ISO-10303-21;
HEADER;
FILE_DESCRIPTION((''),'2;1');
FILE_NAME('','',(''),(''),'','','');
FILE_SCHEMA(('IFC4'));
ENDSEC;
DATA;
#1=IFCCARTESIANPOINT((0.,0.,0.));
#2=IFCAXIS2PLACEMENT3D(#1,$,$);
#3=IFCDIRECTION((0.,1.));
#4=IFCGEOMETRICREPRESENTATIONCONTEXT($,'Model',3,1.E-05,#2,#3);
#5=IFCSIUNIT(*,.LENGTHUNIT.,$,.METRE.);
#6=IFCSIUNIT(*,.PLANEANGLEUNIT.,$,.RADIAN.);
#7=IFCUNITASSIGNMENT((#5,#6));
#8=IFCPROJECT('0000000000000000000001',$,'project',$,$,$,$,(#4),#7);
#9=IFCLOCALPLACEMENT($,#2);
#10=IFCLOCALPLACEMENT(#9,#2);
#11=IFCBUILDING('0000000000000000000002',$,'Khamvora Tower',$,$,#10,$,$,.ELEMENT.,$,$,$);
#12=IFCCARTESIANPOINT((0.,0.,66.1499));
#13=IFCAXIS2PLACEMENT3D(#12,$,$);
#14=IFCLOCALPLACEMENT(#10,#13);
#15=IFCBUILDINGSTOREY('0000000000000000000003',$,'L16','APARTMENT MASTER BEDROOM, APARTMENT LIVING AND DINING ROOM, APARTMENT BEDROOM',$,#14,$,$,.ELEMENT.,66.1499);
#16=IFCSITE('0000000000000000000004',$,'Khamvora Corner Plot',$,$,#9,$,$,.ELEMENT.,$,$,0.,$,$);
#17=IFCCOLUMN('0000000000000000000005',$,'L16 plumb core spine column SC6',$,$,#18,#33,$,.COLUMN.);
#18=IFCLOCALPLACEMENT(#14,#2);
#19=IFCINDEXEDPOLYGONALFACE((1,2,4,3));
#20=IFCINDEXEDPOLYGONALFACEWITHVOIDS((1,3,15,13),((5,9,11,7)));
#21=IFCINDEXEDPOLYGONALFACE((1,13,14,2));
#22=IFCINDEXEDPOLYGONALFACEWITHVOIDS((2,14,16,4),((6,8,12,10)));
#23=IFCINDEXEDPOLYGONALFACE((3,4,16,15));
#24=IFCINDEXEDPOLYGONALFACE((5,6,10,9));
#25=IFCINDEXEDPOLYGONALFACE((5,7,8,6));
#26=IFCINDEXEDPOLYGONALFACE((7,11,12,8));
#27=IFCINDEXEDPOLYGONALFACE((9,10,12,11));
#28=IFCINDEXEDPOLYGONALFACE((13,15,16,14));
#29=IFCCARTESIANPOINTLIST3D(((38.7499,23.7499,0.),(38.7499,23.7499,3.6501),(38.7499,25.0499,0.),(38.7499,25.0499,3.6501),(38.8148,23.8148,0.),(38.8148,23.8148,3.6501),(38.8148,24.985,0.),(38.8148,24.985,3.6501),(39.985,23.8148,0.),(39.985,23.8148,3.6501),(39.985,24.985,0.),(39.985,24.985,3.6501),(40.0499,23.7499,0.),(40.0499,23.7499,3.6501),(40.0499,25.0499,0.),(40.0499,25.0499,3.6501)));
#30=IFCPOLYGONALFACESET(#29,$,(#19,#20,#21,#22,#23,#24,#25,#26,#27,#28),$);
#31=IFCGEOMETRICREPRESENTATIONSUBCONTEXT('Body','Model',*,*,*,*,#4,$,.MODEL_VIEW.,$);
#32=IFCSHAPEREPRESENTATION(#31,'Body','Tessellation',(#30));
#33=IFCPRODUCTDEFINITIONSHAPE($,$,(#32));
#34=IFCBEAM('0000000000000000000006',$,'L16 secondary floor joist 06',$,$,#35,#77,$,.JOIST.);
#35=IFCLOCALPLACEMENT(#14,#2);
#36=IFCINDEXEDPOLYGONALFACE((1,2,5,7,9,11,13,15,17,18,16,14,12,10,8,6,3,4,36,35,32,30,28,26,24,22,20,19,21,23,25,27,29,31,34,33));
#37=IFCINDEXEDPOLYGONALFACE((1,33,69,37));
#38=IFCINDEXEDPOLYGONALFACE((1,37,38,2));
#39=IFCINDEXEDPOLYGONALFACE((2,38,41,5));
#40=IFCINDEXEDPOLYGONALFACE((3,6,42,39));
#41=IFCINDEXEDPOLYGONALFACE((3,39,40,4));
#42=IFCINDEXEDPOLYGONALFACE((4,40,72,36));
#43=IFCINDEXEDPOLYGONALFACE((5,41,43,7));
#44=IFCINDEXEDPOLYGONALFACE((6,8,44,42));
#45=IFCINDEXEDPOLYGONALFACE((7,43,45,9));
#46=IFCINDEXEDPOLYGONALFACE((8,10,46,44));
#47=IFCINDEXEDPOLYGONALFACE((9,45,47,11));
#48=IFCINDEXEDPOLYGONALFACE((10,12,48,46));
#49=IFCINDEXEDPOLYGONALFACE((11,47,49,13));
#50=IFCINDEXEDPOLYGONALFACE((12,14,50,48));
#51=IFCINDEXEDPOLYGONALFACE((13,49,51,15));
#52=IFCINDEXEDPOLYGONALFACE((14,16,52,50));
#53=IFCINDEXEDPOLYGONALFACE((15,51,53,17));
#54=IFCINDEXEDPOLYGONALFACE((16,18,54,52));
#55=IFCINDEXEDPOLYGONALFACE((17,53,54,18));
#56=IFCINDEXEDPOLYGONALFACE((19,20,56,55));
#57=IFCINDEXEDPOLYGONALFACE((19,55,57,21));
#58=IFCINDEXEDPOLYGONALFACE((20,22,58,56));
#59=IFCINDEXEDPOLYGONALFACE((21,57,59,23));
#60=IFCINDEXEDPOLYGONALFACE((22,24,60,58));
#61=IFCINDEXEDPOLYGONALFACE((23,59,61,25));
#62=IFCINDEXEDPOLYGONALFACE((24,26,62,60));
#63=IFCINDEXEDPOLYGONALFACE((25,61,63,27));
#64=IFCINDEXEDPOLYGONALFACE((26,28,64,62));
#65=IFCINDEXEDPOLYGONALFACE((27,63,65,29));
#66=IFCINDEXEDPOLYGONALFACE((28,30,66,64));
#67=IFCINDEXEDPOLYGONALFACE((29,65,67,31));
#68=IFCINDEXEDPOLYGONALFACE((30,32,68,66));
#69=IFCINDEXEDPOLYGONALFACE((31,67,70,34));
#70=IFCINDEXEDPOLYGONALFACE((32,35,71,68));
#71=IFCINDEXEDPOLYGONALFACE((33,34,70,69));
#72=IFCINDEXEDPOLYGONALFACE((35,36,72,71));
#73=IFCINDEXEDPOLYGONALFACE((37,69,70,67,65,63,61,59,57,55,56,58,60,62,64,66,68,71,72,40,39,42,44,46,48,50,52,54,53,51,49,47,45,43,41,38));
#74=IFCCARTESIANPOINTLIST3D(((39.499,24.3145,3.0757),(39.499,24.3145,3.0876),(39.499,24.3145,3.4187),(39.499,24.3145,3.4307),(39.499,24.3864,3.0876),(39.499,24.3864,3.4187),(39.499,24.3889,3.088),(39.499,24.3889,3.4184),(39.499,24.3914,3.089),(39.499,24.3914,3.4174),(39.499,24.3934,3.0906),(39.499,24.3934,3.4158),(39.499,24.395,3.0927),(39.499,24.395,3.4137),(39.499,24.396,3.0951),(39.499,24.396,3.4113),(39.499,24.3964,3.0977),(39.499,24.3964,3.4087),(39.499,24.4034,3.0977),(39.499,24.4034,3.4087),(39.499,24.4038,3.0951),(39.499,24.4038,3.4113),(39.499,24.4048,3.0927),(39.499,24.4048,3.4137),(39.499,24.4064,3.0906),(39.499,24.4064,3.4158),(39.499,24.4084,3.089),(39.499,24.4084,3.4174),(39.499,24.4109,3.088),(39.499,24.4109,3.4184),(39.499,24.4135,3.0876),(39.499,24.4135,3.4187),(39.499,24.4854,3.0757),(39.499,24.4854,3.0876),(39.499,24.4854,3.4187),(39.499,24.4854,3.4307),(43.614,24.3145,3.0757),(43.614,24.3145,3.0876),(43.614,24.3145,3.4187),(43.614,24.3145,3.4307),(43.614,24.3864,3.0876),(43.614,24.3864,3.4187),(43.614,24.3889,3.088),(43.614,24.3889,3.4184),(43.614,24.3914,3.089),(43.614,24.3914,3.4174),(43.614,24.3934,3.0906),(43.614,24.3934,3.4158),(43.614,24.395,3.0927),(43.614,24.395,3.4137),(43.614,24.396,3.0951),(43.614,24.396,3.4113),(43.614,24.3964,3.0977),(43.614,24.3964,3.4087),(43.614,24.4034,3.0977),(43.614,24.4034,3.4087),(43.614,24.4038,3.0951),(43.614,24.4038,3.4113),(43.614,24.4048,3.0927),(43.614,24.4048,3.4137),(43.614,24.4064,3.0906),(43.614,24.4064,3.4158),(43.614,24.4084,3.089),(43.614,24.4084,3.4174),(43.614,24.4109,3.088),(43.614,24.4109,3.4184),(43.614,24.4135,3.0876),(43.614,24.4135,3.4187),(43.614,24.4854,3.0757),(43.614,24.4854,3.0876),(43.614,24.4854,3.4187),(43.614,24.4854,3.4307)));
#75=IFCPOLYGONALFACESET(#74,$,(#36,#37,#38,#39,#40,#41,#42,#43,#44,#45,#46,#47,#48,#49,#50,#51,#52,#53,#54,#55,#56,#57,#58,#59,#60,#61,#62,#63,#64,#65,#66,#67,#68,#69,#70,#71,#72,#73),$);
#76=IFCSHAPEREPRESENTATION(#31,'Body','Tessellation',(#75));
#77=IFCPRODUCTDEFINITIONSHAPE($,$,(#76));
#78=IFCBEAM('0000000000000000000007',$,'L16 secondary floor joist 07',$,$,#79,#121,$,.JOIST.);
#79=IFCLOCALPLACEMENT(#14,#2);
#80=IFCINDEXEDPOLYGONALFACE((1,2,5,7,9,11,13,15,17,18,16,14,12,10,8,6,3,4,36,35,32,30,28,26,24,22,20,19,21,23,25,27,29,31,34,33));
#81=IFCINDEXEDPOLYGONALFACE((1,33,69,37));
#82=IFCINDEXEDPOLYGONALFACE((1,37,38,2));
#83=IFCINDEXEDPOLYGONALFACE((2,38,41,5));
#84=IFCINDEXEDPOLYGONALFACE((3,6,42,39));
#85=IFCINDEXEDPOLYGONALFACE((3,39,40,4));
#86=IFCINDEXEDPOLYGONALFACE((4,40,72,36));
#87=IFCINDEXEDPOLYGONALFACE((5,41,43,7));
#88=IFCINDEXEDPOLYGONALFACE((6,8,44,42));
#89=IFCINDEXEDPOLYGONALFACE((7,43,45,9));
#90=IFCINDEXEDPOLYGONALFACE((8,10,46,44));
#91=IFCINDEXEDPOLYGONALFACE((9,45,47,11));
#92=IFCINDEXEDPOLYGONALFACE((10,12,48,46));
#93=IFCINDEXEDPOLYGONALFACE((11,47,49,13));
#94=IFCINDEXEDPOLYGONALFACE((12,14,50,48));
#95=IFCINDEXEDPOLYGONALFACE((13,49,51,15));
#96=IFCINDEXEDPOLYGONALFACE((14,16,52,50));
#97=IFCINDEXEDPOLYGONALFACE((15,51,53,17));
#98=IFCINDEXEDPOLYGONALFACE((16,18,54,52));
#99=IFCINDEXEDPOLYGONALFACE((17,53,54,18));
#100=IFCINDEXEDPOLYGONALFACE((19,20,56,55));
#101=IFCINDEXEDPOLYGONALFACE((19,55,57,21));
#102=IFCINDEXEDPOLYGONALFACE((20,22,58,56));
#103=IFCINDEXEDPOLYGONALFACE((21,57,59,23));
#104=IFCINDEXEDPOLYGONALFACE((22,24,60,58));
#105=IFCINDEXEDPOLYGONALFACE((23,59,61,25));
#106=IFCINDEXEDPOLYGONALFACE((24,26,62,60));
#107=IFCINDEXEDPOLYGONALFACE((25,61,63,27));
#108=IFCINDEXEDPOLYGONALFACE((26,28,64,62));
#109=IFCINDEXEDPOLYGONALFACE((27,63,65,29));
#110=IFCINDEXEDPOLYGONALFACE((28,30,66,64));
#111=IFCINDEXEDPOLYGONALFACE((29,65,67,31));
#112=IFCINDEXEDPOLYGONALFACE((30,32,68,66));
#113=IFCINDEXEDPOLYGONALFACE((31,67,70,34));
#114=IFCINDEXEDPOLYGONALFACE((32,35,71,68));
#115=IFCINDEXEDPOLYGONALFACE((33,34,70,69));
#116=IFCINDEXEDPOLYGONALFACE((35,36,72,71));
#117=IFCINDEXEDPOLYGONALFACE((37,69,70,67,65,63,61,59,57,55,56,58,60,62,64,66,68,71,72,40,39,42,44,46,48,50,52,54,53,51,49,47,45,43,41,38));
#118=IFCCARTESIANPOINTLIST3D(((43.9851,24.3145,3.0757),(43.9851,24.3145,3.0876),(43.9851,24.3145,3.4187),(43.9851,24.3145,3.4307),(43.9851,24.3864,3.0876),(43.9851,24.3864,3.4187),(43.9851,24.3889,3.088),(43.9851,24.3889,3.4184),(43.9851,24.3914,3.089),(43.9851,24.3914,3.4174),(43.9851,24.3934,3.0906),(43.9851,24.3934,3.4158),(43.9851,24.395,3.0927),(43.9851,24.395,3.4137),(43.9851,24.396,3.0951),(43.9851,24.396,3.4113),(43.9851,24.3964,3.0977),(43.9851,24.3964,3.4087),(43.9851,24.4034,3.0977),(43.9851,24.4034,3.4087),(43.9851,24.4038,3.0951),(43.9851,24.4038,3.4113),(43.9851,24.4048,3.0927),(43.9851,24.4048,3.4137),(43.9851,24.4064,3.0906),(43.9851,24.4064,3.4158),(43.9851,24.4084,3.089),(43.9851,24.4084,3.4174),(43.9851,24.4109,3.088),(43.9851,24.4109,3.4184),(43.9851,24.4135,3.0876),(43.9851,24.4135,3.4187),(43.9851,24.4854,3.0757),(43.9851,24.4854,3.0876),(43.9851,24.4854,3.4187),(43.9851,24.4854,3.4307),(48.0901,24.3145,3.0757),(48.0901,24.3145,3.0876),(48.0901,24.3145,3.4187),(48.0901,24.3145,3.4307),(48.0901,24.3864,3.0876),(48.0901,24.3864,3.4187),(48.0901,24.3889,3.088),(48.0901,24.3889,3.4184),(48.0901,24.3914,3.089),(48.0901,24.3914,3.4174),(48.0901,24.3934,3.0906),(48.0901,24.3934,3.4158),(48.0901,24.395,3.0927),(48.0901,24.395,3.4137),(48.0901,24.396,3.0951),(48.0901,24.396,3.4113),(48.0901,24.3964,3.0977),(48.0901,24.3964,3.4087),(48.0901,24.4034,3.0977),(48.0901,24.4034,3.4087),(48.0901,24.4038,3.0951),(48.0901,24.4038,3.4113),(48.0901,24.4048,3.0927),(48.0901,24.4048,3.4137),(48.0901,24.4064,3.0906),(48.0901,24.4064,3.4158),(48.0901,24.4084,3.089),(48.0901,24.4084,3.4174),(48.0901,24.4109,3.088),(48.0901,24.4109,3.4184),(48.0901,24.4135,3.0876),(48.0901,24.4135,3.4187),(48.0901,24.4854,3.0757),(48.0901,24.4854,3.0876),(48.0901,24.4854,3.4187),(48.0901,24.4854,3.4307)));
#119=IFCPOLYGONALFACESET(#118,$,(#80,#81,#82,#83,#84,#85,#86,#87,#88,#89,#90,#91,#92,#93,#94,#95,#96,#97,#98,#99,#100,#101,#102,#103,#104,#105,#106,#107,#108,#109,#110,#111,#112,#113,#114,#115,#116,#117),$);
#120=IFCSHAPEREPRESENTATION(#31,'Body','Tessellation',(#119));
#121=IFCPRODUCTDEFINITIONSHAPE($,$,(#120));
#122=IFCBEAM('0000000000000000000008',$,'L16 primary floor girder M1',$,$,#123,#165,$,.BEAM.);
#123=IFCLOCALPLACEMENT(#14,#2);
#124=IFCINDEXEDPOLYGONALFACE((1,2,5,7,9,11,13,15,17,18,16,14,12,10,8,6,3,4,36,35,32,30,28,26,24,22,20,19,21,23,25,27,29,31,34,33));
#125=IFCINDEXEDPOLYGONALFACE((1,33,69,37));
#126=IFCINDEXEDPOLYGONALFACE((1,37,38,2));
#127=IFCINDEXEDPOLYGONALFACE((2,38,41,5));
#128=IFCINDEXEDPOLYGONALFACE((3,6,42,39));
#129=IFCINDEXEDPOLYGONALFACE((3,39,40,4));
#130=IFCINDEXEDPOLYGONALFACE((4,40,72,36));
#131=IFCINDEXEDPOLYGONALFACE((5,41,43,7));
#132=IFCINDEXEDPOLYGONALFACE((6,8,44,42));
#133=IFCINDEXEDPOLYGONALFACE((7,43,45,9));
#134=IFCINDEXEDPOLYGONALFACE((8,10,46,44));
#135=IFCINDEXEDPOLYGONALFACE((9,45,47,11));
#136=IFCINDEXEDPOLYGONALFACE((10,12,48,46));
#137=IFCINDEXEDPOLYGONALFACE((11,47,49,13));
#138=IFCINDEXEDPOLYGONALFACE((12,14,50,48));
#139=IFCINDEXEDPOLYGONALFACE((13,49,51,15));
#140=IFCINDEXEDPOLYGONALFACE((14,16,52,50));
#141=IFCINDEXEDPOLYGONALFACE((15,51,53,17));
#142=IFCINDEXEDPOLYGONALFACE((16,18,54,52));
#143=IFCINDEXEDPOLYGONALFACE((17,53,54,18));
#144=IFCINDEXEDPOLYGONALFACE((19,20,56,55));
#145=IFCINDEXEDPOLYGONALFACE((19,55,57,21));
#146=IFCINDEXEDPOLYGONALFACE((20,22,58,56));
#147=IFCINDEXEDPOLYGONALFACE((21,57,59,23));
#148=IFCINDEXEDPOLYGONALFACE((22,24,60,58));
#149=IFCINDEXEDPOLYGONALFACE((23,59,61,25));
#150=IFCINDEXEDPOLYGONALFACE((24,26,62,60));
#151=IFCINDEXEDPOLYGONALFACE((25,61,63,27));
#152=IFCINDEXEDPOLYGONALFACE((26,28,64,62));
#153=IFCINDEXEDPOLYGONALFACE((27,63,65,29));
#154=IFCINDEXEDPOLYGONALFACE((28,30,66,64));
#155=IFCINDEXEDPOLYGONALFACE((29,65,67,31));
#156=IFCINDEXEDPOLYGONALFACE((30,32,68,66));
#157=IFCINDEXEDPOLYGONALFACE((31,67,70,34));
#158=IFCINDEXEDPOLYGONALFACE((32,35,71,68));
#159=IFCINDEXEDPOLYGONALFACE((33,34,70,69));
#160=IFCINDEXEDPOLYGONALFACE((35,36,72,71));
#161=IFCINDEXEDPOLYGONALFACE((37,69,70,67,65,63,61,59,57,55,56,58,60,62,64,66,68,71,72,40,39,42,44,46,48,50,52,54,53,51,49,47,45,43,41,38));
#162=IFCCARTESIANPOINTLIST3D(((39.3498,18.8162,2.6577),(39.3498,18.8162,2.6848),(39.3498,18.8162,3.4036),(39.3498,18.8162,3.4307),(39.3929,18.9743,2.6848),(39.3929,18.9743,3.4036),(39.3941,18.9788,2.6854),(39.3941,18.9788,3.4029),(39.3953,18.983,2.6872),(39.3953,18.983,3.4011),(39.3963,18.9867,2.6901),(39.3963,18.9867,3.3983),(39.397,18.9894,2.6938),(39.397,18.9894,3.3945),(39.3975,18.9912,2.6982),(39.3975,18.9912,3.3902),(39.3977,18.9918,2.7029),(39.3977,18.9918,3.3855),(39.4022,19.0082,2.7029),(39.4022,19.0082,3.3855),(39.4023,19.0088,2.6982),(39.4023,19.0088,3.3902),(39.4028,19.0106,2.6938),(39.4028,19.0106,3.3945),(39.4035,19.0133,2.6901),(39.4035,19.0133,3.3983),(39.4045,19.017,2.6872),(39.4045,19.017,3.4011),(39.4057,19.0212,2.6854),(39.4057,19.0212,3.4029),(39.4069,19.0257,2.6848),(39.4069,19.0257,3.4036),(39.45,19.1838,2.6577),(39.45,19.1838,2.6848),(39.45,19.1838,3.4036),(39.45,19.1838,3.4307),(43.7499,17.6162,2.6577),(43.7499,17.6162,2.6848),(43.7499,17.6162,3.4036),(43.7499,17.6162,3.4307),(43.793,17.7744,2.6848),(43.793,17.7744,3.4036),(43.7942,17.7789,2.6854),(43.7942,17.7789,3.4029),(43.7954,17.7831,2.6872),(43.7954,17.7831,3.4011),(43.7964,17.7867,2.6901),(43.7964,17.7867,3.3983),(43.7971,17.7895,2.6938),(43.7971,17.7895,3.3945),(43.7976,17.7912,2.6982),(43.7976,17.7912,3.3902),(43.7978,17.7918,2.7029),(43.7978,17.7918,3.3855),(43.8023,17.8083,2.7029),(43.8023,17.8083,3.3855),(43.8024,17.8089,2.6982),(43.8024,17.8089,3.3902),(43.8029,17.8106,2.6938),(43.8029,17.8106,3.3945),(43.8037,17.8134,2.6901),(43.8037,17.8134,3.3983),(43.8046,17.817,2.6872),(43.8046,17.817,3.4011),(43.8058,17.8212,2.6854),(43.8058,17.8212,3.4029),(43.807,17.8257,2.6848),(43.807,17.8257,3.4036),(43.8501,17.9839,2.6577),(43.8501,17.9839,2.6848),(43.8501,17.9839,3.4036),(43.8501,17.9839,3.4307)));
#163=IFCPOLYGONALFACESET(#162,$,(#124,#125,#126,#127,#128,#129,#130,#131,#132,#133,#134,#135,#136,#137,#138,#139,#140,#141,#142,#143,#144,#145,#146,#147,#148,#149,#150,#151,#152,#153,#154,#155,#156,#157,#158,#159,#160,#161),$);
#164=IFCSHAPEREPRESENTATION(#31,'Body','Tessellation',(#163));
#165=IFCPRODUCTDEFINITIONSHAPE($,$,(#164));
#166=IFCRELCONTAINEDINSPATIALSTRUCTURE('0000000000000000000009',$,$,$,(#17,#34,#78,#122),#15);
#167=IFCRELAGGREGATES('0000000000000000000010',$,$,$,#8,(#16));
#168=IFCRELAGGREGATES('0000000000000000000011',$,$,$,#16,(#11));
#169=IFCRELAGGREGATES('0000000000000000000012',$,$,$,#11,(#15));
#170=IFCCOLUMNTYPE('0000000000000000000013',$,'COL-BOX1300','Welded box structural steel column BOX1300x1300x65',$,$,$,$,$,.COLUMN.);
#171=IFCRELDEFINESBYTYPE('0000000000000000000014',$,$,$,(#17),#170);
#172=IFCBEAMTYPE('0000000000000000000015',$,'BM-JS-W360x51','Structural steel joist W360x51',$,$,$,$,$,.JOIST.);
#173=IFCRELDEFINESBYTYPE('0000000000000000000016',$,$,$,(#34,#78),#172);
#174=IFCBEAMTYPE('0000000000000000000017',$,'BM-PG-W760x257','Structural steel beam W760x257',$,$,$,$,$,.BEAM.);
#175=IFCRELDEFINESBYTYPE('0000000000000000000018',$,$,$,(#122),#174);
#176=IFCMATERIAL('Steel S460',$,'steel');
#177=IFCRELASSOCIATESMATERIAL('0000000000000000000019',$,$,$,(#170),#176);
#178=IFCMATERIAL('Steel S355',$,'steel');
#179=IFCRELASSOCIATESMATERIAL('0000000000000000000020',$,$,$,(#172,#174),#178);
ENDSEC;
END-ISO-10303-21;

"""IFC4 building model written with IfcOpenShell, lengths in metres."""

from ifc_helpers import new_model, si_unit, direction, frame, origin, origin_2d, place, context, subcontext, project, spatial, hollow_rectangle, i_section, extrude, material, material_profile, profile_set, type_object, element, save


model = new_model("IFC4")

# Units and contexts
model_context = context("Model", 3, precision=1e-05, world=origin(), true_north=direction((0.0, 1.0)))
body_context = subcontext(model_context, "Body", "Model", "MODEL_VIEW")
ifc_project = project(units=[si_unit("LENGTHUNIT", "METRE"), si_unit("PLANEANGLEUNIT", "RADIAN")], contexts=[model_context])

# Site, building, storey
site_placement = place(None, origin())
site = spatial("IfcSite", under=ifc_project, at=site_placement, Name="Khamvora Corner Plot", CompositionType="ELEMENT", RefElevation=0.0)
building_placement = place(site_placement, origin())
building = spatial("IfcBuilding", under=site, at=building_placement, Name="Khamvora Tower", CompositionType="ELEMENT")
storey_placement = place(building_placement, frame((0.0, 0.0, 66.1499)))
storey = spatial("IfcBuildingStorey", under=building, at=storey_placement, Name="L16", Description="APARTMENT MASTER BEDROOM, APARTMENT LIVING AND DINING ROOM, APARTMENT BEDROOM", CompositionType="ELEMENT", Elevation=66.1499)

# Column
ifc_material_1 = material(Name="Steel S460", Category="steel")
ifc_material_profile_1 = material_profile(ifc_material_1, hollow_rectangle(XDim=1.3, YDim=1.3, WallThickness=0.0649, at=origin_2d()), Name="BOX1300x1300x65")
ifc_profile_set_1 = profile_set([ifc_material_profile_1], Name="Steel S460")
column_type = type_object("IfcColumnType", Name="COL-BOX1300", Description="Welded box structural steel column BOX1300x1300x65", PredefinedType="COLUMN", material=ifc_profile_set_1)
column_placement = place(storey_placement, frame((39.3999, 24.3999, 0.0), z_axis=(0.0, 0.0, 1.0), x_axis=(1.0, 0.0, 0.0)))
element("IfcColumn", 1, at=column_placement, inside=storey, type_object=column_type, Name="L16 plumb core spine column SC6", PredefinedType="COLUMN", context=body_context, shape_type="SweptSolid", body=[
    extrude(hollow_rectangle(XDim=1.3, YDim=1.3, WallThickness=0.0649, at=origin_2d()), origin(), (0.0, 0.0, 1.0), 3.6501),
])

# Beams
ifc_material_2 = material(Name="Steel S355", Category="steel")
ifc_material_profile_2 = material_profile(ifc_material_2, i_section(OverallWidth=0.1709, OverallDepth=0.355, WebThickness=0.0071, FlangeThickness=0.012, FilletRadius=0.01, at=origin_2d()), Name="W360x51")
ifc_profile_set_2 = profile_set([ifc_material_profile_2], Name="Steel S355")
beam_type_1 = type_object("IfcBeamType", Name="BM-JS-W360x51", Description="Structural steel joist W360x51", PredefinedType="JOIST", material=ifc_profile_set_2)
beam_1_placement = place(storey_placement, frame((39.499, 24.3999, 3.2532), z_axis=(1.0, 0.0, 0.0), x_axis=(0.0, 1.0, 0.0)))
element("IfcBeam", 2, at=beam_1_placement, inside=storey, type_object=beam_type_1, Name="L16 secondary floor joist 06", PredefinedType="JOIST", context=body_context, shape_type="SweptSolid", body=[
    extrude(i_section(OverallWidth=0.1709, OverallDepth=0.355, WebThickness=0.0071, FlangeThickness=0.012, FilletRadius=0.01, at=origin_2d()), origin(), (0.0, 0.0, 1.0), 4.115),
])
beam_2_placement = place(storey_placement, frame((43.9851, 24.3999, 3.2532), z_axis=(1.0, 0.0, 0.0), x_axis=(0.0, 1.0, 0.0)))
element("IfcBeam", 3, at=beam_2_placement, inside=storey, type_object=beam_type_1, Name="L16 secondary floor joist 07", PredefinedType="JOIST", context=body_context, shape_type="SweptSolid", body=[
    extrude(i_section(OverallWidth=0.1709, OverallDepth=0.355, WebThickness=0.0071, FlangeThickness=0.012, FilletRadius=0.01, at=origin_2d()), origin(), (0.0, 0.0, 1.0), 4.105),
])
ifc_material_profile_3 = material_profile(ifc_material_2, i_section(OverallWidth=0.3811, OverallDepth=0.7729, WebThickness=0.0171, FlangeThickness=0.0271, FilletRadius=0.0181, at=origin_2d()), Name="W760x257")
ifc_profile_set_3 = profile_set([ifc_material_profile_3], Name="Steel S355")
beam_type_2 = type_object("IfcBeamType", Name="BM-PG-W760x257", Description="Structural steel beam W760x257", PredefinedType="BEAM", material=ifc_profile_set_3)
beam_3_placement = place(storey_placement, frame((39.3999, 19.0, 3.0442), z_axis=(0.964769, -0.263099, 0.0), x_axis=(0.263099, 0.964769, 0.0)))
element("IfcBeam", 4, at=beam_3_placement, inside=storey, type_object=beam_type_2, Name="L16 primary floor girder M1", PredefinedType="BEAM", context=body_context, shape_type="SweptSolid", body=[
    extrude(i_section(OverallWidth=0.3811, OverallDepth=0.7729, WebThickness=0.0171, FlangeThickness=0.0271, FilletRadius=0.0181, at=origin_2d()), origin(), (0.0, 0.0, 1.0), 4.5608),
])

save(model, "model.ifc")
